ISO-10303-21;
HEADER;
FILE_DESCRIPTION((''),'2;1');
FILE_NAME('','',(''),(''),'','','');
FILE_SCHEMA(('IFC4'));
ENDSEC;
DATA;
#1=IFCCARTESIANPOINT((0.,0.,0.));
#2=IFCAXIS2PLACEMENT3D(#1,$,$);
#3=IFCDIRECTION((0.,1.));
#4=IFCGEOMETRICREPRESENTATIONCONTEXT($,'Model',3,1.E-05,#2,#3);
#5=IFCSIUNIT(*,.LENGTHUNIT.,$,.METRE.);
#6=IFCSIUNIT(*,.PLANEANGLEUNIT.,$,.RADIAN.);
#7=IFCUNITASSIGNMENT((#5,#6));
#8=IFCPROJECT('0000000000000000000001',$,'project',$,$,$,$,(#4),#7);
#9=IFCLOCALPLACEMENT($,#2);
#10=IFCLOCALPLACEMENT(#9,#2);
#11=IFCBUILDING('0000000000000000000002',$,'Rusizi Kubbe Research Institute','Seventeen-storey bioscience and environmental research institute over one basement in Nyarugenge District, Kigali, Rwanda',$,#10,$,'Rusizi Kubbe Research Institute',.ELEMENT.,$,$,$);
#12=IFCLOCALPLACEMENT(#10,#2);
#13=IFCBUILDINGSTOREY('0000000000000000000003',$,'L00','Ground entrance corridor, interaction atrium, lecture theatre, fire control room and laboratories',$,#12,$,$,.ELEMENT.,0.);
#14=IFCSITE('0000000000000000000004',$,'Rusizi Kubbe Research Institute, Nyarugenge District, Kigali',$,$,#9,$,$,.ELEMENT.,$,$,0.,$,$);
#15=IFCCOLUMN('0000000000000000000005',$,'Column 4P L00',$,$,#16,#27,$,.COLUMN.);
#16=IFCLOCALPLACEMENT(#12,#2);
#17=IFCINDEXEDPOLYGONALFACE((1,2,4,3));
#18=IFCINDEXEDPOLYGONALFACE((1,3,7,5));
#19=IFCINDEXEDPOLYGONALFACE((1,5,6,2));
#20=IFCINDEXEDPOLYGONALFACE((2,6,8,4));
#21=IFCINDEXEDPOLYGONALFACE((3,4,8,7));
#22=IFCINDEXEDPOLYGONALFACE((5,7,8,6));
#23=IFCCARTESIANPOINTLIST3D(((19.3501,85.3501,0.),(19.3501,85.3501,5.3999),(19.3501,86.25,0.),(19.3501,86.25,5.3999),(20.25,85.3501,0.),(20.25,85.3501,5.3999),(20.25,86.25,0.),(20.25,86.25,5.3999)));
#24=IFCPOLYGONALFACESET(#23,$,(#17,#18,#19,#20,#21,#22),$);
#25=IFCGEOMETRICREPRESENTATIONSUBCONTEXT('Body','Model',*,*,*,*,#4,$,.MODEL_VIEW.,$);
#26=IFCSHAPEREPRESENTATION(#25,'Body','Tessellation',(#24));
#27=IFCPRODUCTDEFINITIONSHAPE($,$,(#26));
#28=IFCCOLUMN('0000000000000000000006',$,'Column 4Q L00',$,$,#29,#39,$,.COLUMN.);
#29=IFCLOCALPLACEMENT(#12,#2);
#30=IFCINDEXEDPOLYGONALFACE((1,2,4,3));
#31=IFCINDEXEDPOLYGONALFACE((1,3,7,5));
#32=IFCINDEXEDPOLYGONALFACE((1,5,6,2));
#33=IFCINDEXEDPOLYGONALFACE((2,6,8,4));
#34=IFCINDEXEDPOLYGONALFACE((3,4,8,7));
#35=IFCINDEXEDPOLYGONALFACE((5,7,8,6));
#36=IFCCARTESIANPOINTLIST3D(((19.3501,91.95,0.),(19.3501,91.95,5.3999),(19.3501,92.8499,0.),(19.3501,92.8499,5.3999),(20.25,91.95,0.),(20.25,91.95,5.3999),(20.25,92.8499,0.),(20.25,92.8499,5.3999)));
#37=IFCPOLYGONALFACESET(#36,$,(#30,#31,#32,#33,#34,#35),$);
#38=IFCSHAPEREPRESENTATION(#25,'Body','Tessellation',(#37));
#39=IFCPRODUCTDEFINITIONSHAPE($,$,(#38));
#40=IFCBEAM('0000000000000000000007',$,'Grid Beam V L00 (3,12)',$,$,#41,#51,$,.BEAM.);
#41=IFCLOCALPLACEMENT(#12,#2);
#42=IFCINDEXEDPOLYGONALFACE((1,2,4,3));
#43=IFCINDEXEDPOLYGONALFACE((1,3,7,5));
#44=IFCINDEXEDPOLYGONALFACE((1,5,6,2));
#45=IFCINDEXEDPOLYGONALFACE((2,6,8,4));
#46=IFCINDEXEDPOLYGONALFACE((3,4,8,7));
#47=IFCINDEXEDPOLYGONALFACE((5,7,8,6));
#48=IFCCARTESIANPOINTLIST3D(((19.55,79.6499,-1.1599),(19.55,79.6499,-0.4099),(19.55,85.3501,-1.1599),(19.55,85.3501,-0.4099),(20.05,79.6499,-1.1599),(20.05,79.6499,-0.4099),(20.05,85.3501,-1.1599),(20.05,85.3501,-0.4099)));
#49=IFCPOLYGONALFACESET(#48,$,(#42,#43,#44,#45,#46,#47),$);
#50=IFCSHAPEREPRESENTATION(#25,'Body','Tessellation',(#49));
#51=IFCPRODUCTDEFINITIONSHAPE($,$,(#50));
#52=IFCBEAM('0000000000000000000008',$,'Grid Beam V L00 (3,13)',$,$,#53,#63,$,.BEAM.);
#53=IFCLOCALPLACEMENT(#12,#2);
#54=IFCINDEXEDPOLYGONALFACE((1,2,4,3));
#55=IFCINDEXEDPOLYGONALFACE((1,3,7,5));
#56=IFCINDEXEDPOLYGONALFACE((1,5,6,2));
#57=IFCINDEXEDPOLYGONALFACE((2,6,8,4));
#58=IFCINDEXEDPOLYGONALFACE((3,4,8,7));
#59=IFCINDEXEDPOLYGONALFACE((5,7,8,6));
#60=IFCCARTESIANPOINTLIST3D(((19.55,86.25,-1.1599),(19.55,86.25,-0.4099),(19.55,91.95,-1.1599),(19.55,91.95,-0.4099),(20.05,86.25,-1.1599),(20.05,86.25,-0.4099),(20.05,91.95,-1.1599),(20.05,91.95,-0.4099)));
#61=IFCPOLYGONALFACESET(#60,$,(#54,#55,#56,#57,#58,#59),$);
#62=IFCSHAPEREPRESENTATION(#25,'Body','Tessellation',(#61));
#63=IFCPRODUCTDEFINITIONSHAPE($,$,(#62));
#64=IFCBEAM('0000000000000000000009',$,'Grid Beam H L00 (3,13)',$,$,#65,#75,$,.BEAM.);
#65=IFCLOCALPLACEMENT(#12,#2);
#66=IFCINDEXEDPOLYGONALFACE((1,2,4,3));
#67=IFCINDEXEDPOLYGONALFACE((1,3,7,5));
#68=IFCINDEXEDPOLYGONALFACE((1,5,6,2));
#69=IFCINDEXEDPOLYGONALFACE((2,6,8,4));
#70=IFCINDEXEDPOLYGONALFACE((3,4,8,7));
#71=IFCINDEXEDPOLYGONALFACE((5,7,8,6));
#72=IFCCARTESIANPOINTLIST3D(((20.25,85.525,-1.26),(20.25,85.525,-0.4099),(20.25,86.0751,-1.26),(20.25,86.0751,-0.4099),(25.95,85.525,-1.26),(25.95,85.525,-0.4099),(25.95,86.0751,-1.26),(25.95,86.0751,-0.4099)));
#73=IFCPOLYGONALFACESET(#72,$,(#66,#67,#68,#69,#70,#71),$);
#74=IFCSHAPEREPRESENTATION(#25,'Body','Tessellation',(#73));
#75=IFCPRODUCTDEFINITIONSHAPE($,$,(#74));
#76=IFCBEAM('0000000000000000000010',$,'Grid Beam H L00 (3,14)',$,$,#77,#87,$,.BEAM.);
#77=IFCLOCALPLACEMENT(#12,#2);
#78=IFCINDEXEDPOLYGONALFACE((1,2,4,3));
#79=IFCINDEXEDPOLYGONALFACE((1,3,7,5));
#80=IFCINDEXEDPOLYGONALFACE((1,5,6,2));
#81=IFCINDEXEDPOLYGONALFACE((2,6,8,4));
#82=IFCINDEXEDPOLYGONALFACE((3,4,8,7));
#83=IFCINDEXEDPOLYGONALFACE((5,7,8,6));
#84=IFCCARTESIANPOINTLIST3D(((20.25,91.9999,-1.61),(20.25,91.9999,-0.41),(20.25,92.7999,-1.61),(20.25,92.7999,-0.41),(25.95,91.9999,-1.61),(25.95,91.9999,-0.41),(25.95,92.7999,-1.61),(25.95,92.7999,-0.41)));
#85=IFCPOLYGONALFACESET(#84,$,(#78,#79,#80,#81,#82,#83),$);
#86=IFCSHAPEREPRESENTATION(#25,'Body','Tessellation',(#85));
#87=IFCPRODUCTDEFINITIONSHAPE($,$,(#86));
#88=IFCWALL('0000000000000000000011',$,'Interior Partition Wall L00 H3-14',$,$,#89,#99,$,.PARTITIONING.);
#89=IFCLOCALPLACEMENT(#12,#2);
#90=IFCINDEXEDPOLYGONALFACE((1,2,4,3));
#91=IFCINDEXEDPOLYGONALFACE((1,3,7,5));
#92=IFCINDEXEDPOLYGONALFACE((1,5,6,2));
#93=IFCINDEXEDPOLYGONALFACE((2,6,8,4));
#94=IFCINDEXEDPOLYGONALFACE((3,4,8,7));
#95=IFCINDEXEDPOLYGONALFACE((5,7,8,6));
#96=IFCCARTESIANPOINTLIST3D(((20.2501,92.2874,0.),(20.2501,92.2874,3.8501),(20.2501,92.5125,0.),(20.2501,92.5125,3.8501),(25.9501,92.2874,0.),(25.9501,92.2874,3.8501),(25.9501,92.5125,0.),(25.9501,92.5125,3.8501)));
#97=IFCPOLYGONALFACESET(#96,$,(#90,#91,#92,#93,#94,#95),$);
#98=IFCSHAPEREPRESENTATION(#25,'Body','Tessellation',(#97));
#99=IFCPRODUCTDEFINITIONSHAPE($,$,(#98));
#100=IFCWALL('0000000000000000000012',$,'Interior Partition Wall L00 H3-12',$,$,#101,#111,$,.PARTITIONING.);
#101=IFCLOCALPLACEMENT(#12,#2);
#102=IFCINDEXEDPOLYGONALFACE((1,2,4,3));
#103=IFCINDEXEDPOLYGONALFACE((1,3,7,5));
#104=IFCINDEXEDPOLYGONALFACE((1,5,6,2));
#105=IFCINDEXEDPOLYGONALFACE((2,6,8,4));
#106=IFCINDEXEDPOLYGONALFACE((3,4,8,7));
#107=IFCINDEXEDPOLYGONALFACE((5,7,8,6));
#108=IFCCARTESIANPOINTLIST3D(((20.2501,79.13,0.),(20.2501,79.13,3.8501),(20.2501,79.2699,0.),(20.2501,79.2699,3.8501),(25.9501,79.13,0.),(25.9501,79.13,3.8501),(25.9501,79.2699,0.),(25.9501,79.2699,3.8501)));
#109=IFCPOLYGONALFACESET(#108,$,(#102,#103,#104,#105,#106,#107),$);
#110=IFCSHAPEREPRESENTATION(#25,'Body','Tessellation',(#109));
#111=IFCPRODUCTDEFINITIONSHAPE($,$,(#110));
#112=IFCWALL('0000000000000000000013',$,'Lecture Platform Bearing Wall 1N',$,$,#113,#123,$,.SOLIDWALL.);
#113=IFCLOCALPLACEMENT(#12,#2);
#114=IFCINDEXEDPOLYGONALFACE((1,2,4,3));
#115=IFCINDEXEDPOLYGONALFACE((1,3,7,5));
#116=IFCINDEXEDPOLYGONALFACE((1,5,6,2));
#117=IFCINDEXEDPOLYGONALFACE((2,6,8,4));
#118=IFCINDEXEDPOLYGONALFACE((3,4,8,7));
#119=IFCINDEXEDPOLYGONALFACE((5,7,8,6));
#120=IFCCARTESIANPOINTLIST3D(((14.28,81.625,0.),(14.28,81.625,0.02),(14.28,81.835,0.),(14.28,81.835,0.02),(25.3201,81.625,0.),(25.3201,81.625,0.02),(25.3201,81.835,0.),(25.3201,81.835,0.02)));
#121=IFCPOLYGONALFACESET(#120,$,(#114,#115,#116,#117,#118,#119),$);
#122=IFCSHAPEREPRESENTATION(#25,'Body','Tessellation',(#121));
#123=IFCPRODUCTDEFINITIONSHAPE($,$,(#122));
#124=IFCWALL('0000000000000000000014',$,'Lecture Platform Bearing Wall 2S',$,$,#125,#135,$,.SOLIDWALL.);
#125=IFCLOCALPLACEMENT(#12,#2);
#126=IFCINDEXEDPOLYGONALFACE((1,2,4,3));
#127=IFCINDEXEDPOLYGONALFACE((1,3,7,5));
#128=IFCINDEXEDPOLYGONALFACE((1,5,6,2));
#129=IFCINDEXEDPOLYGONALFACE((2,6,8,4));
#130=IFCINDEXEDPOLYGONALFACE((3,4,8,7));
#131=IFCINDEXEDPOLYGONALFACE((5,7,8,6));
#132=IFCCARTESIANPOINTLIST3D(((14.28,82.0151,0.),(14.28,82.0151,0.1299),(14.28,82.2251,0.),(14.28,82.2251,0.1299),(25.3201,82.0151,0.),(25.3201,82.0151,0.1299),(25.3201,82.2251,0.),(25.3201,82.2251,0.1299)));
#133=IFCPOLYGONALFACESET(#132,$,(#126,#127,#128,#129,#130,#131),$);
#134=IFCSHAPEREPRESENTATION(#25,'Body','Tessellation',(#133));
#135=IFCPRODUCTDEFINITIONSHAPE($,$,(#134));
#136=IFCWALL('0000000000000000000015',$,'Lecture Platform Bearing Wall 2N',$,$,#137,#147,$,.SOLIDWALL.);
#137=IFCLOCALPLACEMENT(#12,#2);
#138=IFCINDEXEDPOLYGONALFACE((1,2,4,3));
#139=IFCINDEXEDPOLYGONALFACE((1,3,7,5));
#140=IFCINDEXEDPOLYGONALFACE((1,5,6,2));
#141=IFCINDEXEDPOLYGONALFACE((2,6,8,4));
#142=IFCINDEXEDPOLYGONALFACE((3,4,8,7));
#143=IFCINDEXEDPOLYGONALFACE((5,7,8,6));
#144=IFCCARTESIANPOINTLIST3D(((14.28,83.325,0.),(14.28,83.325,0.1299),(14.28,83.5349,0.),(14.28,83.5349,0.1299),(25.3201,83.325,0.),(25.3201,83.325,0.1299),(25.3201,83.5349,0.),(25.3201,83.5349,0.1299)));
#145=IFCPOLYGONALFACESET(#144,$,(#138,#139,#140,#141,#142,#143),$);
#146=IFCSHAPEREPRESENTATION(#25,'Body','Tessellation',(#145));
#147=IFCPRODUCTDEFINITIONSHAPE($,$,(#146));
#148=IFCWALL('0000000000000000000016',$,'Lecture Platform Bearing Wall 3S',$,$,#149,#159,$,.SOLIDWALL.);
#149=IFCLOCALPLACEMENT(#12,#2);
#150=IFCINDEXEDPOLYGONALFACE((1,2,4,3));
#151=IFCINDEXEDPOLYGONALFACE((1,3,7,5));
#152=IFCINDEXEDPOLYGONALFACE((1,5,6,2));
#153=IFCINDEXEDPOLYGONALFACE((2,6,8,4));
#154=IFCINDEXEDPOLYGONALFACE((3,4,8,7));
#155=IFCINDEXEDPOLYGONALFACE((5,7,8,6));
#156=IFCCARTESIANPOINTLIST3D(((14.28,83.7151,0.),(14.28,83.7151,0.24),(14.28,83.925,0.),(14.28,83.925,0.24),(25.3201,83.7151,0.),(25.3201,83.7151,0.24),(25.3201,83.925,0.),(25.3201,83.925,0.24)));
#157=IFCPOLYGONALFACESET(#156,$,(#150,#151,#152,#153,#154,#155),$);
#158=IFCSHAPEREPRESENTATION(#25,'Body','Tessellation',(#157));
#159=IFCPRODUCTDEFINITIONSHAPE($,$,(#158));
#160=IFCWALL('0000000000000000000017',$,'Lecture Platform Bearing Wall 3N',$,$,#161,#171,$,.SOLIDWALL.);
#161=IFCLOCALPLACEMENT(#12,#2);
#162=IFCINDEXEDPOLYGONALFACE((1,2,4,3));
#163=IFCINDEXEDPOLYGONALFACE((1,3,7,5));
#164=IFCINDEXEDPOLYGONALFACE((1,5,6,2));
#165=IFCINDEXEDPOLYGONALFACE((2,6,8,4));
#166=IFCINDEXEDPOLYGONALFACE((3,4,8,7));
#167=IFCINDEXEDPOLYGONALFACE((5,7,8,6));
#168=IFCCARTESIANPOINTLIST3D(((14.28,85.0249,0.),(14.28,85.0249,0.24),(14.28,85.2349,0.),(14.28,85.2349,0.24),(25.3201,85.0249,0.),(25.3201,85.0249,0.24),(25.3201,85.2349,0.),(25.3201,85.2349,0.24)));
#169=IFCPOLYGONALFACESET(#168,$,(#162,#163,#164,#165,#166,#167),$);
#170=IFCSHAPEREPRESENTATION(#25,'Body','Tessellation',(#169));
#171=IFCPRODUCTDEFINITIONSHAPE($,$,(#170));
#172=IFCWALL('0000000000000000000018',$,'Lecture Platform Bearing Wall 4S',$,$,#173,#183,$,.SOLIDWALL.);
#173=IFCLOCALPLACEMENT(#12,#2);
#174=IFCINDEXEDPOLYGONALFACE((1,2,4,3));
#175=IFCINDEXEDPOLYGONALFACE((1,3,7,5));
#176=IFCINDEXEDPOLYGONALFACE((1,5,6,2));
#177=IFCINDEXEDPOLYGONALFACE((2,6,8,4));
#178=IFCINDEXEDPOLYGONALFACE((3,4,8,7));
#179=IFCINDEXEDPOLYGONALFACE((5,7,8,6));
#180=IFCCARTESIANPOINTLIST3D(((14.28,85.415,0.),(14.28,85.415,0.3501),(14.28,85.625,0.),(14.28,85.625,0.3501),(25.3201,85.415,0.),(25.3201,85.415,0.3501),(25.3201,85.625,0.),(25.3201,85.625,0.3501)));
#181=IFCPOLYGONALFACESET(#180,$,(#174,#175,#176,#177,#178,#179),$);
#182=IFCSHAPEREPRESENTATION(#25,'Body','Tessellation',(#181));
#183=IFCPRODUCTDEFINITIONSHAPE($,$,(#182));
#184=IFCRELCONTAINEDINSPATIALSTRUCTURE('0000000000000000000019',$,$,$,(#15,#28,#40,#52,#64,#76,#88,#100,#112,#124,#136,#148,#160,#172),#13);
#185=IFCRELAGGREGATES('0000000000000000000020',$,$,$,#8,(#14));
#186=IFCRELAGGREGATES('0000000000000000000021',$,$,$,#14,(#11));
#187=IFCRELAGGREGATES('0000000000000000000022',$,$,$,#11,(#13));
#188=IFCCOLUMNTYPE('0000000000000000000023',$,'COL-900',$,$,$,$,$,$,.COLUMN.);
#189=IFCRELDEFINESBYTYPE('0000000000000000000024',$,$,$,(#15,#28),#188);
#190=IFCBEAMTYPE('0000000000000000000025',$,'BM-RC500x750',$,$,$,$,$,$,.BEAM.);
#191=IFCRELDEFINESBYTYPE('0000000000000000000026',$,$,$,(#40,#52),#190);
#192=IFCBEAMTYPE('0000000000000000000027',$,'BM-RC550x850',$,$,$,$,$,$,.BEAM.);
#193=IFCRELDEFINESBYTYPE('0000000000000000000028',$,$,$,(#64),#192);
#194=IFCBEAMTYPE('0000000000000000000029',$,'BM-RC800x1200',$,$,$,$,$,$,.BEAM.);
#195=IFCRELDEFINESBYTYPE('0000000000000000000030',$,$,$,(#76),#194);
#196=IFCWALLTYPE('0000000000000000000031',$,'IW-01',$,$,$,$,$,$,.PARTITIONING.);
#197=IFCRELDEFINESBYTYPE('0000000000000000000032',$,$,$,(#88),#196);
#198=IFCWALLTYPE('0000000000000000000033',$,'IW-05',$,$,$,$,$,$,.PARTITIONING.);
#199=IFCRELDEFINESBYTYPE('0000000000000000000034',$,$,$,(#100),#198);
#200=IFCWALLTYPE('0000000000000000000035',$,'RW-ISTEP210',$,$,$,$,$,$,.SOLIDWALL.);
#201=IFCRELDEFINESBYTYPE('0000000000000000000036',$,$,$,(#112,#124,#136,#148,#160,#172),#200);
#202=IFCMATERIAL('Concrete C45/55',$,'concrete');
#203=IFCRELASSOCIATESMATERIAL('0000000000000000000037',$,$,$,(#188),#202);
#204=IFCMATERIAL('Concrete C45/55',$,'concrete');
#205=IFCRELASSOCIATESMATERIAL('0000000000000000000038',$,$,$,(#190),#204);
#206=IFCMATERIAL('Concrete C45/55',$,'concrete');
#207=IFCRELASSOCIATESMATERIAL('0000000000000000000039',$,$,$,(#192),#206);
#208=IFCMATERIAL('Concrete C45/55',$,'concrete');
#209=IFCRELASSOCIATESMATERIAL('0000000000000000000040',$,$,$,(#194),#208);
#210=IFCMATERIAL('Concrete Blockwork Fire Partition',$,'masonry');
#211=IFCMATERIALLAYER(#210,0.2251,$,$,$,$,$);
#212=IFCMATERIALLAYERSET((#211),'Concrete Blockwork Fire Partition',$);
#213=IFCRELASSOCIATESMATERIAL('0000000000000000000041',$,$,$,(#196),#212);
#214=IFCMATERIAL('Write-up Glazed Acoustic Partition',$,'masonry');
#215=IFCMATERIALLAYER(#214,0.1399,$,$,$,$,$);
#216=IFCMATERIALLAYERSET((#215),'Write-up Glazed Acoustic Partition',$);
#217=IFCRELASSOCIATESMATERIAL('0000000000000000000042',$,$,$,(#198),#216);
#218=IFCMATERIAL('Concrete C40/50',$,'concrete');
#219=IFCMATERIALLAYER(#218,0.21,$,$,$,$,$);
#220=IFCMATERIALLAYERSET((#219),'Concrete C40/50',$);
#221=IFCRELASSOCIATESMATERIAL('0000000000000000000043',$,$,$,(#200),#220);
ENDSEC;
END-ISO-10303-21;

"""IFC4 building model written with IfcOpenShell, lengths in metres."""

from ifc_helpers import new_model, si_unit, direction, frame, frame_2d, origin, origin_2d, place, context, subcontext, project, spatial, rectangle, extrude, material, layer, layer_set, material_profile, profile_set, type_object, element, save


model = new_model("IFC4")

# Units and contexts
model_context = context("Model", 3, precision=1e-05, world=origin(), true_north=direction((0.0, 1.0)))
body_context = subcontext(model_context, "Body", "Model", "MODEL_VIEW")
ifc_project = project(units=[si_unit("LENGTHUNIT", "METRE"), si_unit("PLANEANGLEUNIT", "RADIAN")], contexts=[model_context])

# Site, building, storey
site_placement = place(None, origin())
site = spatial("IfcSite", under=ifc_project, at=site_placement, Name="Rusizi Kubbe Research Institute, Nyarugenge District, Kigali", CompositionType="ELEMENT", RefElevation=0.0)
building_placement = place(site_placement, origin())
building = spatial("IfcBuilding", under=site, at=building_placement, Name="Rusizi Kubbe Research Institute", Description="Seventeen-storey bioscience and environmental research institute over one basement in Nyarugenge District, Kigali, Rwanda", LongName="Rusizi Kubbe Research Institute", CompositionType="ELEMENT")
storey_placement = place(building_placement, origin())
storey = spatial("IfcBuildingStorey", under=building, at=storey_placement, Name="L00", Description="Ground entrance corridor, interaction atrium, lecture theatre, fire control room and laboratories", CompositionType="ELEMENT", Elevation=0.0)

# Columns
ifc_material_1 = material(Name="Concrete C45/55", Category="concrete")
ifc_material_profile_1 = material_profile(ifc_material_1, rectangle(XDim=0.8999, YDim=0.8999, at=origin_2d()), Name="RC900x900")
ifc_profile_set_1 = profile_set([ifc_material_profile_1], Name="Concrete C45/55")
column_type = type_object("IfcColumnType", Name="COL-900", PredefinedType="COLUMN", material=ifc_profile_set_1)
for number, where, z_axis, x_axis, name in (
    (1, (19.8, 85.8, 0.0), (0.0, 0.0, 1.0), (1.0, 0.0, 0.0), "Column 4P L00"),
    (2, (19.8, 92.3999, 0.0), (0.0, 0.0, 1.0), (1.0, 0.0, 0.0), "Column 4Q L00"),
):
    element("IfcColumn", number, at=place(storey_placement, frame(where, z_axis=z_axis, x_axis=x_axis)), inside=storey, type_object=column_type, Name=name, PredefinedType="COLUMN", context=body_context, shape_type="SweptSolid", body=[
        extrude(rectangle(XDim=0.8999, YDim=0.8999, at=origin_2d()), origin(), (0.0, 0.0, 1.0), 5.3999),
    ])

# Beams
ifc_material_2 = material(Name="Concrete C45/55", Category="concrete")
ifc_material_profile_2 = material_profile(ifc_material_2, rectangle(XDim=0.5, YDim=0.75, at=origin_2d()), Name="RC500x750B")
ifc_profile_set_2 = profile_set([ifc_material_profile_2], Name="Concrete C45/55")
beam_type_1 = type_object("IfcBeamType", Name="BM-RC500x750", PredefinedType="BEAM", material=ifc_profile_set_2)
beam_1_placement = place(storey_placement, frame((19.8, 79.6499, -0.7849), z_axis=(0.0, 1.0, 0.0), x_axis=(-1.0, 0.0, 0.0)))
element("IfcBeam", 3, at=beam_1_placement, inside=storey, type_object=beam_type_1, Name="Grid Beam V L00 (3,12)", PredefinedType="BEAM", context=body_context, shape_type="SweptSolid", body=[
    extrude(rectangle(XDim=0.5, YDim=0.75, at=origin_2d()), origin(), (0.0, 0.0, 1.0), 5.7002),
])
beam_2_placement = place(storey_placement, frame((19.8, 86.25, -0.7849), z_axis=(0.0, 1.0, 0.0), x_axis=(-1.0, 0.0, 0.0)))
element("IfcBeam", 4, at=beam_2_placement, inside=storey, type_object=beam_type_1, Name="Grid Beam V L00 (3,13)", PredefinedType="BEAM", context=body_context, shape_type="SweptSolid", body=[
    extrude(rectangle(XDim=0.5, YDim=0.75, at=origin_2d()), origin(), (0.0, 0.0, 1.0), 5.7),
])
ifc_material_3 = material(Name="Concrete C45/55", Category="concrete")
ifc_material_profile_3 = material_profile(ifc_material_3, rectangle(XDim=0.55, YDim=0.8501, at=origin_2d()), Name="RC550x850")
ifc_profile_set_3 = profile_set([ifc_material_profile_3], Name="Concrete C45/55")
beam_type_2 = type_object("IfcBeamType", Name="BM-RC550x850", PredefinedType="BEAM", material=ifc_profile_set_3)
beam_3_placement = place(storey_placement, frame((20.25, 85.8, -0.835), z_axis=(1.0, 0.0, 0.0), x_axis=(0.0, 1.0, 0.0)))
element("IfcBeam", 5, at=beam_3_placement, inside=storey, type_object=beam_type_2, Name="Grid Beam H L00 (3,13)", PredefinedType="BEAM", context=body_context, shape_type="SweptSolid", body=[
    extrude(rectangle(XDim=0.55, YDim=0.8501, at=origin_2d()), origin(), (0.0, 0.0, 1.0), 5.7),
])
ifc_material_4 = material(Name="Concrete C45/55", Category="concrete")
ifc_material_profile_4 = material_profile(ifc_material_4, rectangle(XDim=0.8, YDim=1.2, at=origin_2d()), Name="RC800x1200")
ifc_profile_set_4 = profile_set([ifc_material_profile_4], Name="Concrete C45/55")
beam_type_3 = type_object("IfcBeamType", Name="BM-RC800x1200", PredefinedType="BEAM", material=ifc_profile_set_4)
beam_4_placement = place(storey_placement, frame((20.25, 92.3999, -1.01), z_axis=(1.0, 0.0, 0.0), x_axis=(0.0, 1.0, 0.0)))
element("IfcBeam", 6, at=beam_4_placement, inside=storey, type_object=beam_type_3, Name="Grid Beam H L00 (3,14)", PredefinedType="BEAM", context=body_context, shape_type="SweptSolid", body=[
    extrude(rectangle(XDim=0.8, YDim=1.2, at=origin_2d()), origin(), (0.0, 0.0, 1.0), 5.7),
])

# Walls
ifc_material_5 = material(Name="Concrete Blockwork Fire Partition", Category="masonry")
ifc_layer_1 = layer(ifc_material_5, 0.2251)
ifc_layer_set_1 = layer_set([ifc_layer_1], Name="Concrete Blockwork Fire Partition")
wall_type_1 = type_object("IfcWallType", Name="IW-01", PredefinedType="PARTITIONING", material=ifc_layer_set_1)
wall_1_placement = place(storey_placement, frame((20.25, 92.3999, 0.0), z_axis=(0.0, 0.0, 1.0), x_axis=(1.0, 0.0, 0.0)))
element("IfcWall", 7, at=wall_1_placement, inside=storey, type_object=wall_type_1, Name="Interior Partition Wall L00 H3-14", PredefinedType="PARTITIONING", context=body_context, shape_type="SweptSolid", body=[
    extrude(rectangle(XDim=5.7, YDim=0.2251, at=frame_2d((2.8501, 0.0))), origin(), (0.0, 0.0, 1.0), 3.8501),
])
ifc_material_6 = material(Name="Write-up Glazed Acoustic Partition", Category="masonry")
ifc_layer_2 = layer(ifc_material_6, 0.1399)
ifc_layer_set_2 = layer_set([ifc_layer_2], Name="Write-up Glazed Acoustic Partition")
wall_type_2 = type_object("IfcWallType", Name="IW-05", PredefinedType="PARTITIONING", material=ifc_layer_set_2)
wall_2_placement = place(storey_placement, frame((20.25, 79.2, 0.0), z_axis=(0.0, 0.0, 1.0), x_axis=(1.0, 0.0, 0.0)))
element("IfcWall", 8, at=wall_2_placement, inside=storey, type_object=wall_type_2, Name="Interior Partition Wall L00 H3-12", PredefinedType="PARTITIONING", context=body_context, shape_type="SweptSolid", body=[
    extrude(rectangle(XDim=5.7, YDim=0.1399, at=frame_2d((2.8501, 0.0))), origin(), (0.0, 0.0, 1.0), 3.8501),
])
ifc_material_7 = material(Name="Concrete C40/50", Category="concrete")
ifc_layer_3 = layer(ifc_material_7, 0.21)
ifc_layer_set_3 = layer_set([ifc_layer_3], Name="Concrete C40/50")
wall_type_3 = type_object("IfcWallType", Name="RW-ISTEP210", PredefinedType="SOLIDWALL", material=ifc_layer_set_3)
wall_3_placement = place(storey_placement, frame((14.28, 81.73, 0.0), z_axis=(0.0, 0.0, 1.0), x_axis=(1.0, 0.0, 0.0)))
element("IfcWall", 9, at=wall_3_placement, inside=storey, type_object=wall_type_3, Name="Lecture Platform Bearing Wall 1N", PredefinedType="SOLIDWALL", context=body_context, shape_type="SweptSolid", body=[
    extrude(rectangle(XDim=11.04, YDim=0.21, at=frame_2d((5.52, 0.0))), origin(), (0.0, 0.0, 1.0), 0.02),
])
for number, where, z_axis, x_axis, name in (
    (10, (14.28, 82.1201, 0.0), (0.0, 0.0, 1.0), (1.0, 0.0, 0.0), "Lecture Platform Bearing Wall 2S"),
    (11, (14.28, 83.4299, 0.0), (0.0, 0.0, 1.0), (1.0, 0.0, 0.0), "Lecture Platform Bearing Wall 2N"),
):
    element("IfcWall", number, at=place(storey_placement, frame(where, z_axis=z_axis, x_axis=x_axis)), inside=storey, type_object=wall_type_3, Name=name, PredefinedType="SOLIDWALL", context=body_context, shape_type="SweptSolid", body=[
        extrude(rectangle(XDim=11.04, YDim=0.21, at=frame_2d((5.52, 0.0))), origin(), (0.0, 0.0, 1.0), 0.1299),
    ])
for number, where, z_axis, x_axis, name in (
    (12, (14.28, 83.8201, 0.0), (0.0, 0.0, 1.0), (1.0, 0.0, 0.0), "Lecture Platform Bearing Wall 3S"),
    (13, (14.28, 85.1299, 0.0), (0.0, 0.0, 1.0), (1.0, 0.0, 0.0), "Lecture Platform Bearing Wall 3N"),
):
    element("IfcWall", number, at=place(storey_placement, frame(where, z_axis=z_axis, x_axis=x_axis)), inside=storey, type_object=wall_type_3, Name=name, PredefinedType="SOLIDWALL", context=body_context, shape_type="SweptSolid", body=[
        extrude(rectangle(XDim=11.04, YDim=0.21, at=frame_2d((5.52, 0.0))), origin(), (0.0, 0.0, 1.0), 0.24),
    ])
for number, where, z_axis, x_axis, name in (
    (14, (14.28, 85.52, 0.0), (0.0, 0.0, 1.0), (1.0, 0.0, 0.0), "Lecture Platform Bearing Wall 4S"),
):
    element("IfcWall", number, at=place(storey_placement, frame(where, z_axis=z_axis, x_axis=x_axis)), inside=storey, type_object=wall_type_3, Name=name, PredefinedType="SOLIDWALL", context=body_context, shape_type="SweptSolid", body=[
        extrude(rectangle(XDim=11.04, YDim=0.21, at=frame_2d((5.52, 0.0))), origin(), (0.0, 0.0, 1.0), 0.3501),
    ])

save(model, "model.ifc")
